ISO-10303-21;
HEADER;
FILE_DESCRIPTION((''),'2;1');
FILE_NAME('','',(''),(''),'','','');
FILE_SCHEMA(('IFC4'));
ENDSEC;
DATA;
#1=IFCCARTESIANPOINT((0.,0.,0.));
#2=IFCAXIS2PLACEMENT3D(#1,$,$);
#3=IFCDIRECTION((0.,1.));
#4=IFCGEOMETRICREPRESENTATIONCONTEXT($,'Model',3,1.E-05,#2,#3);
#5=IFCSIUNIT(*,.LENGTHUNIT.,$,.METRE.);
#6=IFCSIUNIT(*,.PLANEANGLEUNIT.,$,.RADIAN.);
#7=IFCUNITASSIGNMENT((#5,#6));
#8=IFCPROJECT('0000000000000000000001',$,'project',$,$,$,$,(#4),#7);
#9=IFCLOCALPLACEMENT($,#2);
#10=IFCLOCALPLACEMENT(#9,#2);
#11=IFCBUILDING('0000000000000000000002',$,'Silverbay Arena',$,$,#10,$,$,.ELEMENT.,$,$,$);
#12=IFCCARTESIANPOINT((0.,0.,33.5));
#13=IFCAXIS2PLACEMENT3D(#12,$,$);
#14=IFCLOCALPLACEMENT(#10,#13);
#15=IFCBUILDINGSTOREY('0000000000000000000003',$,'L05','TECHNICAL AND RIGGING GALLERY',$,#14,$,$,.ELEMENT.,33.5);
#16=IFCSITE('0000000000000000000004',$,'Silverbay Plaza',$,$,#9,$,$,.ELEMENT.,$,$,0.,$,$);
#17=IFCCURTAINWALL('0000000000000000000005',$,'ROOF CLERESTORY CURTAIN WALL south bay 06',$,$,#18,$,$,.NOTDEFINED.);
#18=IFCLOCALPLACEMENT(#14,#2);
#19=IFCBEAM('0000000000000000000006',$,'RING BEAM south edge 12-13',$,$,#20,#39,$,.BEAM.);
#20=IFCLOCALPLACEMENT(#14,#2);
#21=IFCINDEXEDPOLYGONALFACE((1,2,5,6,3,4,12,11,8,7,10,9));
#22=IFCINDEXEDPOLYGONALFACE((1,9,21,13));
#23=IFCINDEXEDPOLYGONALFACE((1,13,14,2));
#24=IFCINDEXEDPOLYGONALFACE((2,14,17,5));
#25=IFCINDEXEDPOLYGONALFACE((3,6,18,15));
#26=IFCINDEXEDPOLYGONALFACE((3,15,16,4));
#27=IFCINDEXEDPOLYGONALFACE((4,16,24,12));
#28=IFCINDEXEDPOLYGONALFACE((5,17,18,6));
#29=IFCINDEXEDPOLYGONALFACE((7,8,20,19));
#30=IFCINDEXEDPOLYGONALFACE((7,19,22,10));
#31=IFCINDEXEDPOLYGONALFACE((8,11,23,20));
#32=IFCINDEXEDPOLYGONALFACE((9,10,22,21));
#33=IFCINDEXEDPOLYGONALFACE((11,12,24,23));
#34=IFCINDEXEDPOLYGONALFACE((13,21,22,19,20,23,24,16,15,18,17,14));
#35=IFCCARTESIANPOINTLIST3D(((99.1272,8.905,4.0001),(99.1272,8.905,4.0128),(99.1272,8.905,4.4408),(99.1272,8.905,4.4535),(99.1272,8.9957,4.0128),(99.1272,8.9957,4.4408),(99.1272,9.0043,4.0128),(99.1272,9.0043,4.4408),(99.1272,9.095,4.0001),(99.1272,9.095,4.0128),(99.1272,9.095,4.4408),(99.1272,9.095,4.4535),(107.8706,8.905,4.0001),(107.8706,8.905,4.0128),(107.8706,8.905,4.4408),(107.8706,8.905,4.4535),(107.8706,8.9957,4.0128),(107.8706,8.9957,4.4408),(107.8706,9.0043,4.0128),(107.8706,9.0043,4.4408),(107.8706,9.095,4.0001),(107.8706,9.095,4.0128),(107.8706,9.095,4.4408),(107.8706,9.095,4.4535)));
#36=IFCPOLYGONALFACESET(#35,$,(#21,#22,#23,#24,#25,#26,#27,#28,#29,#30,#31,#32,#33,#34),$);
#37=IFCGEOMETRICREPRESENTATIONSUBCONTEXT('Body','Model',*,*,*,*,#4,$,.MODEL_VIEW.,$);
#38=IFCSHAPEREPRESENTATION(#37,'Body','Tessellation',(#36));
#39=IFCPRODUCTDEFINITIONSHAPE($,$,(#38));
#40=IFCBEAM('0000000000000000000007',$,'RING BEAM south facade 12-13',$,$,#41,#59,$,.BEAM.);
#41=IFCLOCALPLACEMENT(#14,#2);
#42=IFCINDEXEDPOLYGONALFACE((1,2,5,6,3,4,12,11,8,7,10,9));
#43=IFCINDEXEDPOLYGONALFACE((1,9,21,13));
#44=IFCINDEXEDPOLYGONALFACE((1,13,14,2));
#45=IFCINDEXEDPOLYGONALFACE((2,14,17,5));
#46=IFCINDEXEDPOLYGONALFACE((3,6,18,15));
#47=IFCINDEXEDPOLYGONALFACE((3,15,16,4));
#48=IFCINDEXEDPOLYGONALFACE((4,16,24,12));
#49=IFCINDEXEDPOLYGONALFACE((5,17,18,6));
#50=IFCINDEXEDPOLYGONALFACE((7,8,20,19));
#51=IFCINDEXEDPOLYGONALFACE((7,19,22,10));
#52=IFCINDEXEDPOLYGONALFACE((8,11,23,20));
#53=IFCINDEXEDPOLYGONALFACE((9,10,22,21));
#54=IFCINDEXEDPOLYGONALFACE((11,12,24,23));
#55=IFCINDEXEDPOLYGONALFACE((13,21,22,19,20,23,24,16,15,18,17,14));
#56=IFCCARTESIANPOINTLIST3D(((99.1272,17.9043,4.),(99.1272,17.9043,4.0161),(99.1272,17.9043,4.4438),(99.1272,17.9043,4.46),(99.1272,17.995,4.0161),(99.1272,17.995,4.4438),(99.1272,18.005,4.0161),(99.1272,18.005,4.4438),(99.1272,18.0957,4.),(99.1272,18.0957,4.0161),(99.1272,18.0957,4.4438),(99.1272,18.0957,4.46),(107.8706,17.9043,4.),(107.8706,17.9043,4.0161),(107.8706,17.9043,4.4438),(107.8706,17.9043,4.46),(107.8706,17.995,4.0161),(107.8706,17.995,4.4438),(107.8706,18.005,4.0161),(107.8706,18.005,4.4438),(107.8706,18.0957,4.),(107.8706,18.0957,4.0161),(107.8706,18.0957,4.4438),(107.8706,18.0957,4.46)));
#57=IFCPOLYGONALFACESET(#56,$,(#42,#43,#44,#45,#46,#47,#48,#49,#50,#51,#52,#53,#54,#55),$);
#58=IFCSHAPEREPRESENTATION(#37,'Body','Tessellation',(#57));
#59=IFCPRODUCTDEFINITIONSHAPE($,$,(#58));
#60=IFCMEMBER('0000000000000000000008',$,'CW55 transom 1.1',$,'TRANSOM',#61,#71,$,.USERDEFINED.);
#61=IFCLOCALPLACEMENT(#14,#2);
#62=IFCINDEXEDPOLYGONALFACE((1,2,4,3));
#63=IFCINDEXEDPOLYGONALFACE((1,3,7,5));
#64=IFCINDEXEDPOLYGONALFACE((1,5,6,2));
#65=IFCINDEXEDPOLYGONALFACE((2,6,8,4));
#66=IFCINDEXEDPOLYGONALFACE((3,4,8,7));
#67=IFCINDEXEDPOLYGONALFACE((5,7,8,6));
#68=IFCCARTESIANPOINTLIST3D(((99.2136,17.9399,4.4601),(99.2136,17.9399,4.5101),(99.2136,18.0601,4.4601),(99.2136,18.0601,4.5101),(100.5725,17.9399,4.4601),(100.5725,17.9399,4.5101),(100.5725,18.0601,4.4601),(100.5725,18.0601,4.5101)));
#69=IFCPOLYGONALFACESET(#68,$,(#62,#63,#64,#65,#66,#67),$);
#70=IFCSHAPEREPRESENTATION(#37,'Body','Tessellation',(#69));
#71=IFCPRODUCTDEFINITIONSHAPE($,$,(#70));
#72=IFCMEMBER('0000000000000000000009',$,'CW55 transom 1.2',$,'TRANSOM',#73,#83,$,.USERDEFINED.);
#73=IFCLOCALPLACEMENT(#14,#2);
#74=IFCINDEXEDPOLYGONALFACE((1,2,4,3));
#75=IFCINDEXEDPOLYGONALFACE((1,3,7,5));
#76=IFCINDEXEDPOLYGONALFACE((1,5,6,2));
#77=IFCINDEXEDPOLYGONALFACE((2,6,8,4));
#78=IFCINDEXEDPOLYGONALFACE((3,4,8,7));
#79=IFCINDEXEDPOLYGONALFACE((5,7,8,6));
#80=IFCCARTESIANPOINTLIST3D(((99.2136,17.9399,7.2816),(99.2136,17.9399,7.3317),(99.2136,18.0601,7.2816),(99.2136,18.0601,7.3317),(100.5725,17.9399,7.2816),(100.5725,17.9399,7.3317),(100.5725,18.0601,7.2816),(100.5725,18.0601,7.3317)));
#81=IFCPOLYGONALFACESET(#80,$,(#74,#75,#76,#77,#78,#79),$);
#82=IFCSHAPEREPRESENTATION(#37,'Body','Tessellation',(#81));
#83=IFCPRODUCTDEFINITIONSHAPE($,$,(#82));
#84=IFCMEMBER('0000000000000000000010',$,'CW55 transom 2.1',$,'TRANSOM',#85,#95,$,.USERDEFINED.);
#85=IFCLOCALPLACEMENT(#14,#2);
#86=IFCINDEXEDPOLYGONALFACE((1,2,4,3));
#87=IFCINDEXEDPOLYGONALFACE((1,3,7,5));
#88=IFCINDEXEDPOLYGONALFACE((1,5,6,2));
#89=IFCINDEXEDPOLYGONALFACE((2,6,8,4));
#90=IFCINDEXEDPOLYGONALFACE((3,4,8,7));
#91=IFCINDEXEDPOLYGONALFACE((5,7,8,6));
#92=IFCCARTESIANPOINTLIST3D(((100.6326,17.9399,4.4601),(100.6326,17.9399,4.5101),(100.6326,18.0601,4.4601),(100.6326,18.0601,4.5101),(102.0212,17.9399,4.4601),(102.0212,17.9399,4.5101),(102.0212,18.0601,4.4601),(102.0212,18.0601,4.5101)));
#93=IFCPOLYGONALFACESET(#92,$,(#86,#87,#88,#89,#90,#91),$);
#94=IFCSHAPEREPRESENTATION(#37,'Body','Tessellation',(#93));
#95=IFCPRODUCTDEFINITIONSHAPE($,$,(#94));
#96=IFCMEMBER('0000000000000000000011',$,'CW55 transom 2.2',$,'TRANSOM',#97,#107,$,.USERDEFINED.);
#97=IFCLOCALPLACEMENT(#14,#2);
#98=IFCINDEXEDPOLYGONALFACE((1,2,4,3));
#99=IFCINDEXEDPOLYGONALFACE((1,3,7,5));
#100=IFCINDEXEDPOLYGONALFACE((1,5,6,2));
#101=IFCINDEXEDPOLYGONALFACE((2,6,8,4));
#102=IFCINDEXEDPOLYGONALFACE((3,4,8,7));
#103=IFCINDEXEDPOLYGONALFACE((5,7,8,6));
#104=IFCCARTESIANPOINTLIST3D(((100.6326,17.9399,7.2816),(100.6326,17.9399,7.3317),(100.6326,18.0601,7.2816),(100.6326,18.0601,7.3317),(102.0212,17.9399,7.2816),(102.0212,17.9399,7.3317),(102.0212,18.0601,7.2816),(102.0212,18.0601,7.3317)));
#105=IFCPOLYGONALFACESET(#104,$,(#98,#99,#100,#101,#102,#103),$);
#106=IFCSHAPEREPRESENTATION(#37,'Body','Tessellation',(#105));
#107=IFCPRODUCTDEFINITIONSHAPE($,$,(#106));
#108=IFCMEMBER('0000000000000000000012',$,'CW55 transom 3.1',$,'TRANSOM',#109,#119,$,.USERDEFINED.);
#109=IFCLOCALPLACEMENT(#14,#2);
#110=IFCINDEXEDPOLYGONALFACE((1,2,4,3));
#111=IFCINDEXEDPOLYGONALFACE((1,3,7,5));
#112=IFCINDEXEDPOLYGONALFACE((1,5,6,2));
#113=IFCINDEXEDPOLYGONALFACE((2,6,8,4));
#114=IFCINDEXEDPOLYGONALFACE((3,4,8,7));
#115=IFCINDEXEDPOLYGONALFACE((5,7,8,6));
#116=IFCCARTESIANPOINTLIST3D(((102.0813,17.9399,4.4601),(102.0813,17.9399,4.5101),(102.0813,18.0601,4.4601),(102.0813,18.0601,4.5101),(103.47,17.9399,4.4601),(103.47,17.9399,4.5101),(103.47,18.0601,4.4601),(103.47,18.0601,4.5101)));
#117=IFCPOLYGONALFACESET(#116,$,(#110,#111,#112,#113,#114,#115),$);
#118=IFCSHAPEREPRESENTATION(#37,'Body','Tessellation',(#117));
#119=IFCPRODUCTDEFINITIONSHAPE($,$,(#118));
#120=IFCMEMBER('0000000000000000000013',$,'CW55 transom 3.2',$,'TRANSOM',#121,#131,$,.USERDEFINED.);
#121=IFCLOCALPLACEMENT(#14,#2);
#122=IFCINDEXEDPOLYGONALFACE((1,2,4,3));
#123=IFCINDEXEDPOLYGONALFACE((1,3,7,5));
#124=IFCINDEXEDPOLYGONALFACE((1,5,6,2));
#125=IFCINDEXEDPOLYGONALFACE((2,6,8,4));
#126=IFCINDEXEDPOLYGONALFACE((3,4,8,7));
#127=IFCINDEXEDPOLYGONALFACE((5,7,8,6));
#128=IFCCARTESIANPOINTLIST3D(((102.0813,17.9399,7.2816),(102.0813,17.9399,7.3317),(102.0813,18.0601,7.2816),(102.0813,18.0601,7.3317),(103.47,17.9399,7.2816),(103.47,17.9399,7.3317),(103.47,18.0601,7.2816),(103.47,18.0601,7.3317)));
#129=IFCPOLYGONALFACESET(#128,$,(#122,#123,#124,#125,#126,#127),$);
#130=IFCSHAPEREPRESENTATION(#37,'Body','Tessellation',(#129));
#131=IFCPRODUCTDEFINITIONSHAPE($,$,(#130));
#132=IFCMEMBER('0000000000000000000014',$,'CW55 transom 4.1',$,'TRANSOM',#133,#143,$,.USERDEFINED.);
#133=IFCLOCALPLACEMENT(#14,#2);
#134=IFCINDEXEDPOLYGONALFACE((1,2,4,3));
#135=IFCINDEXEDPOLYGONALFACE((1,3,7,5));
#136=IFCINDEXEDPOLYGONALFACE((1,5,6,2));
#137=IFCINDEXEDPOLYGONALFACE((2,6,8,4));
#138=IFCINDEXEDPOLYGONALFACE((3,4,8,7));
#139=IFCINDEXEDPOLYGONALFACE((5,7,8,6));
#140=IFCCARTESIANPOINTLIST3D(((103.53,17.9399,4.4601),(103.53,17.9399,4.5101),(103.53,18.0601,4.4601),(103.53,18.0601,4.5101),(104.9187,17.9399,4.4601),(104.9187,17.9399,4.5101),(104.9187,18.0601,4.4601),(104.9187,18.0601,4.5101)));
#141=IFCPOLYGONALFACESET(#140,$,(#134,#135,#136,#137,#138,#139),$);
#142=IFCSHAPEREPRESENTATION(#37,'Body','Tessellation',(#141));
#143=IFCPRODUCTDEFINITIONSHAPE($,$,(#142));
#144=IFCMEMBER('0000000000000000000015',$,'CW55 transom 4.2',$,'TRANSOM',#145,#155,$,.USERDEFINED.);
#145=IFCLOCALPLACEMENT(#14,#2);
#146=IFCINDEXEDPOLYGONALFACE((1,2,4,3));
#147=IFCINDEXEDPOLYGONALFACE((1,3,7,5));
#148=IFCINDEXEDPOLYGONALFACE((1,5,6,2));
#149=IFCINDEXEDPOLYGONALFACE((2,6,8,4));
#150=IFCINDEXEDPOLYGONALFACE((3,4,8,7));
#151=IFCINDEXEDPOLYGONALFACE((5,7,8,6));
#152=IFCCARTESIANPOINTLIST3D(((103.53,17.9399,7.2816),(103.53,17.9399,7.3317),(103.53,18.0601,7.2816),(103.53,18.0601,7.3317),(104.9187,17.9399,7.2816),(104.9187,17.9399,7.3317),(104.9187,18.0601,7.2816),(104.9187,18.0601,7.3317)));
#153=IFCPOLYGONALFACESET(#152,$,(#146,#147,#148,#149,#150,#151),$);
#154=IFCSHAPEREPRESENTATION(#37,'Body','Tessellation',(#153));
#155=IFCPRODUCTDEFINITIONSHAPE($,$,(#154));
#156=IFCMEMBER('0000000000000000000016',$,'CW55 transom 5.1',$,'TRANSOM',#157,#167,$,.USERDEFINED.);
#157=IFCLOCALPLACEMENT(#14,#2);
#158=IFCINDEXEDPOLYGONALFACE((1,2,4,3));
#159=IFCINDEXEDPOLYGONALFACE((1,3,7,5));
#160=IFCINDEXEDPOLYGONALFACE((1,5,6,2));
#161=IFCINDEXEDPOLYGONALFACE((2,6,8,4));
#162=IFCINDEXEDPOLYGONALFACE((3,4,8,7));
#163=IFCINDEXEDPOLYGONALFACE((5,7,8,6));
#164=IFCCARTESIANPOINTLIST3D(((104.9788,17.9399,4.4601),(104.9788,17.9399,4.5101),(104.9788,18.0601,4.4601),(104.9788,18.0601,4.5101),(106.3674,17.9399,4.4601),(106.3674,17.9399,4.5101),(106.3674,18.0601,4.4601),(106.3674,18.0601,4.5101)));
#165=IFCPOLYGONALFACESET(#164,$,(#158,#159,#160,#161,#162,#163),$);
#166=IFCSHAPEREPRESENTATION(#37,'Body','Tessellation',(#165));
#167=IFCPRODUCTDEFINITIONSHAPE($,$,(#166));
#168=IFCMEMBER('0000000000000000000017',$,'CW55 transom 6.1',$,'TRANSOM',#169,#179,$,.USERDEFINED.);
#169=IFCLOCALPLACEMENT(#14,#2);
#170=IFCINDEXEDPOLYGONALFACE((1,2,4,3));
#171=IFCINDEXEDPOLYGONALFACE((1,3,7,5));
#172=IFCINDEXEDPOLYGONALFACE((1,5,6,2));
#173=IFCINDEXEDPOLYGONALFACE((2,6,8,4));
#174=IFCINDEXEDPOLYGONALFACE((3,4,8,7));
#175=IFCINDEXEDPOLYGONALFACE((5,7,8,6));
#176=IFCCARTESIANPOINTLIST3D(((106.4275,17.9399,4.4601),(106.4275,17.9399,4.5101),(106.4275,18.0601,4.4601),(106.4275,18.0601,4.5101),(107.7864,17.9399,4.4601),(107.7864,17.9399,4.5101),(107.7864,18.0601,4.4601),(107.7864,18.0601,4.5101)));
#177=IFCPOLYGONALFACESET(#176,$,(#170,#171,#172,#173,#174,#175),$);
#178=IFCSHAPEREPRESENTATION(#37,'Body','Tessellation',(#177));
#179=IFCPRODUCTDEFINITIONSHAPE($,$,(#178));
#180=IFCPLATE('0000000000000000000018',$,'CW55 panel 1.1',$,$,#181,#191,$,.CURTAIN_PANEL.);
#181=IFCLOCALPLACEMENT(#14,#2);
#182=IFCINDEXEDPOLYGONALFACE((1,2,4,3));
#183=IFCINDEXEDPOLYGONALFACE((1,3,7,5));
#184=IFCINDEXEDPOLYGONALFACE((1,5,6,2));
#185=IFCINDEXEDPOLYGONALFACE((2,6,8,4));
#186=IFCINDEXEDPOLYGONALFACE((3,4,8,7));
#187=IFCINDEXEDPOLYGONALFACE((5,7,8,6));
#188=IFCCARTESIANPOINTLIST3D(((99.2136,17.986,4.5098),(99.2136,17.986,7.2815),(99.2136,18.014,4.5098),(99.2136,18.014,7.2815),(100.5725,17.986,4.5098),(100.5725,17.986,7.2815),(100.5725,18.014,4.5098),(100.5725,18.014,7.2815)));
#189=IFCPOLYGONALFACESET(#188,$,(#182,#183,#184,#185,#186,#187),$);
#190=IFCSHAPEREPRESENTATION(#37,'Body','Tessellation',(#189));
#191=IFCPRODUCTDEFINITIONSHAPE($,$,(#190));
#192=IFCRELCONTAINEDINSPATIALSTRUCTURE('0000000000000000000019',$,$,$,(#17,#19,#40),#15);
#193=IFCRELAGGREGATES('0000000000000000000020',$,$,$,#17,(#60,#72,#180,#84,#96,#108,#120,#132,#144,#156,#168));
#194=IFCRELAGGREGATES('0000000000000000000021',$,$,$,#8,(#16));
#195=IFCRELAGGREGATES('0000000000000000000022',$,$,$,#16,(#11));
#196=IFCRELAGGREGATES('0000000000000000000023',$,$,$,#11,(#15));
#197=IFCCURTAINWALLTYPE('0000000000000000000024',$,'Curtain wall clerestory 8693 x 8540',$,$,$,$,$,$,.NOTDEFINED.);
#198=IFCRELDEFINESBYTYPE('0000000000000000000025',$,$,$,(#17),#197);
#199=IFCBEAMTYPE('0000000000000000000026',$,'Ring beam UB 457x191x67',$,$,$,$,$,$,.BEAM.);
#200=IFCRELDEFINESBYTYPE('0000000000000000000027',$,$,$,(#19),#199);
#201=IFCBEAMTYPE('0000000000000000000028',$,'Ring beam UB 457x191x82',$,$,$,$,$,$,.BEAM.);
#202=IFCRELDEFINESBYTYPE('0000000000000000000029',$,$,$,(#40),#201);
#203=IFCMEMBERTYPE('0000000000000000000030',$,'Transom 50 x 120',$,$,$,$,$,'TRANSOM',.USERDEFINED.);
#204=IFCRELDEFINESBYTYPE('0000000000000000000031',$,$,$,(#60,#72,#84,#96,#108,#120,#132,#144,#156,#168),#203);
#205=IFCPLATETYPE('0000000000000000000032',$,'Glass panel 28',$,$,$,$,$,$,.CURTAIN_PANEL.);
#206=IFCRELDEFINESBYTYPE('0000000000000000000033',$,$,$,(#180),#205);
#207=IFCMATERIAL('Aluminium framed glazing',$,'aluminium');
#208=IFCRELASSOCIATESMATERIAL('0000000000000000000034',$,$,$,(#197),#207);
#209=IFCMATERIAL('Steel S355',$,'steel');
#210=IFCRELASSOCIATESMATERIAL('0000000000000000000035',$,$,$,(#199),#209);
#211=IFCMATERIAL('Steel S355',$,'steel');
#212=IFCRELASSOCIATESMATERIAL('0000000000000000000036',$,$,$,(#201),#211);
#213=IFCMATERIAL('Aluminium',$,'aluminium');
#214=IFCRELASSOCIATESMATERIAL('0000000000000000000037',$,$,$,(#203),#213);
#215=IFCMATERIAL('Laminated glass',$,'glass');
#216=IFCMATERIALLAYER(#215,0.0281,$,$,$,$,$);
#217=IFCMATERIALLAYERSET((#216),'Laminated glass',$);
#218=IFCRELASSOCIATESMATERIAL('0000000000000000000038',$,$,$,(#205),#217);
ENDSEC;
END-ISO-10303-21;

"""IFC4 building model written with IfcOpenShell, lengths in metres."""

from ifc_helpers import new_model, si_unit, direction, frame, origin, origin_2d, place, context, subcontext, project, spatial, rectangle, i_section, extrude, material, layer, layer_set, material_profile, profile_set, type_object, element, aggregate, save


model = new_model("IFC4")

# Units and contexts
model_context = context("Model", 3, precision=1e-05, world=origin(), true_north=direction((0.0, 1.0)))
body_context = subcontext(model_context, "Body", "Model", "MODEL_VIEW")
ifc_project = project(units=[si_unit("LENGTHUNIT", "METRE"), si_unit("PLANEANGLEUNIT", "RADIAN")], contexts=[model_context])

# Site, building, storey
site_placement = place(None, origin())
site = spatial("IfcSite", under=ifc_project, at=site_placement, Name="Silverbay Plaza", CompositionType="ELEMENT", RefElevation=0.0)
building_placement = place(site_placement, origin())
building = spatial("IfcBuilding", under=site, at=building_placement, Name="Silverbay Arena", CompositionType="ELEMENT")
storey_placement = place(building_placement, frame((0.0, 0.0, 33.5)))
storey = spatial("IfcBuildingStorey", under=building, at=storey_placement, Name="L05", Description="TECHNICAL AND RIGGING GALLERY", CompositionType="ELEMENT", Elevation=33.5)

# Curtain wall
ifc_material_1 = material(Name="Aluminium framed glazing", Category="aluminium")
curtain_wall_type = type_object("IfcCurtainWallType", Name="Curtain wall clerestory 8693 x 8540", PredefinedType="NOTDEFINED", material=ifc_material_1)
curtain_wall_placement = place(storey_placement, origin())
curtain_wall = element("IfcCurtainWall", 1, at=curtain_wall_placement, inside=storey, type_object=curtain_wall_type, Name="ROOF CLERESTORY CURTAIN WALL south bay 06", PredefinedType="NOTDEFINED")

# Beams
ifc_material_2 = material(Name="Steel S355", Category="steel")
ifc_material_profile_1 = material_profile(ifc_material_2, i_section(OverallWidth=0.1899, OverallDepth=0.4534, WebThickness=0.0085, FlangeThickness=0.0127, at=origin_2d()), Name="UB 457x191x67")
ifc_profile_set_1 = profile_set([ifc_material_profile_1], Name="Steel S355")
beam_type_1 = type_object("IfcBeamType", Name="Ring beam UB 457x191x67", PredefinedType="BEAM", material=ifc_profile_set_1)
beam_1_placement = place(storey_placement, frame((99.1272, 9.0, 4.2268), z_axis=(1.0, 0.0, 0.0), x_axis=(0.0, 1.0, 0.0)))
element("IfcBeam", 2, at=beam_1_placement, inside=storey, type_object=beam_type_1, Name="RING BEAM south edge 12-13", PredefinedType="BEAM", context=body_context, shape_type="SweptSolid", body=[
    extrude(i_section(OverallWidth=0.1899, OverallDepth=0.4534, WebThickness=0.0085, FlangeThickness=0.0127, at=origin_2d()), origin(), (0.0, 0.0, 1.0), 8.7434),
])
ifc_material_3 = material(Name="Steel S355", Category="steel")
ifc_material_profile_2 = material_profile(ifc_material_3, i_section(OverallWidth=0.1914, OverallDepth=0.46, WebThickness=0.01, FlangeThickness=0.0161, at=origin_2d()), Name="UB 457x191x82")
ifc_profile_set_2 = profile_set([ifc_material_profile_2], Name="Steel S355")
beam_type_2 = type_object("IfcBeamType", Name="Ring beam UB 457x191x82", PredefinedType="BEAM", material=ifc_profile_set_2)
beam_2_placement = place(storey_placement, frame((99.1272, 18.0, 4.23), z_axis=(1.0, 0.0, 0.0), x_axis=(0.0, 1.0, 0.0)))
element("IfcBeam", 3, at=beam_2_placement, inside=storey, type_object=beam_type_2, Name="RING BEAM south facade 12-13", PredefinedType="BEAM", context=body_context, shape_type="SweptSolid", body=[
    extrude(i_section(OverallWidth=0.1914, OverallDepth=0.46, WebThickness=0.01, FlangeThickness=0.0161, at=origin_2d()), origin(), (0.0, 0.0, 1.0), 8.7434),
])

# Members
ifc_material_4 = material(Name="Aluminium", Category="aluminium")
ifc_material_profile_3 = material_profile(ifc_material_4, rectangle(XDim=0.1201, YDim=0.05, at=origin_2d()), Name="Transom 50 x 120")
ifc_profile_set_3 = profile_set([ifc_material_profile_3], Name="Aluminium")
member_type_1 = type_object("IfcMemberType", Name="Transom 50 x 120", ElementType="TRANSOM", PredefinedType="USERDEFINED", material=ifc_profile_set_3)
member_1_placement = place(storey_placement, frame((99.2136, 18.0, 4.4851), z_axis=(1.0, 0.0, 0.0), x_axis=(0.0, 1.0, 0.0)))
member_1 = element("IfcMember", 4, at=member_1_placement, type_object=member_type_1, Name="CW55 transom 1.1", ObjectType="TRANSOM", PredefinedType="USERDEFINED", context=body_context, shape_type="SweptSolid", body=[
    extrude(rectangle(XDim=0.1201, YDim=0.05, at=origin_2d()), origin(), (0.0, 0.0, 1.0), 1.3589),
])
member_2_placement = place(storey_placement, frame((99.2136, 18.0, 7.3066), z_axis=(1.0, 0.0, 0.0), x_axis=(0.0, 1.0, 0.0)))
member_2 = element("IfcMember", 5, at=member_2_placement, type_object=member_type_1, Name="CW55 transom 1.2", ObjectType="TRANSOM", PredefinedType="USERDEFINED", context=body_context, shape_type="SweptSolid", body=[
    extrude(rectangle(XDim=0.1201, YDim=0.05, at=origin_2d()), origin(), (0.0, 0.0, 1.0), 1.3589),
])
member_3_placement = place(storey_placement, frame((100.6326, 18.0, 4.4851), z_axis=(1.0, 0.0, 0.0), x_axis=(0.0, 1.0, 0.0)))
member_3 = element("IfcMember", 6, at=member_3_placement, type_object=member_type_1, Name="CW55 transom 2.1", ObjectType="TRANSOM", PredefinedType="USERDEFINED", context=body_context, shape_type="SweptSolid", body=[
    extrude(rectangle(XDim=0.1201, YDim=0.05, at=origin_2d()), origin(), (0.0, 0.0, 1.0), 1.3887),
])
member_4_placement = place(storey_placement, frame((100.6326, 18.0, 7.3066), z_axis=(1.0, 0.0, 0.0), x_axis=(0.0, 1.0, 0.0)))
member_4 = element("IfcMember", 7, at=member_4_placement, type_object=member_type_1, Name="CW55 transom 2.2", ObjectType="TRANSOM", PredefinedType="USERDEFINED", context=body_context, shape_type="SweptSolid", body=[
    extrude(rectangle(XDim=0.1201, YDim=0.05, at=origin_2d()), origin(), (0.0, 0.0, 1.0), 1.3887),
])
member_5_placement = place(storey_placement, frame((102.0813, 18.0, 4.4851), z_axis=(1.0, 0.0, 0.0), x_axis=(0.0, 1.0, 0.0)))
member_5 = element("IfcMember", 8, at=member_5_placement, type_object=member_type_1, Name="CW55 transom 3.1", ObjectType="TRANSOM", PredefinedType="USERDEFINED", context=body_context, shape_type="SweptSolid", body=[
    extrude(rectangle(XDim=0.1201, YDim=0.05, at=origin_2d()), origin(), (0.0, 0.0, 1.0), 1.3887),
])
member_6_placement = place(storey_placement, frame((102.0813, 18.0, 7.3066), z_axis=(1.0, 0.0, 0.0), x_axis=(0.0, 1.0, 0.0)))
member_6 = element("IfcMember", 9, at=member_6_placement, type_object=member_type_1, Name="CW55 transom 3.2", ObjectType="TRANSOM", PredefinedType="USERDEFINED", context=body_context, shape_type="SweptSolid", body=[
    extrude(rectangle(XDim=0.1201, YDim=0.05, at=origin_2d()), origin(), (0.0, 0.0, 1.0), 1.3887),
])
member_7_placement = place(storey_placement, frame((103.53, 18.0, 4.4851), z_axis=(1.0, 0.0, 0.0), x_axis=(0.0, 1.0, 0.0)))
member_7 = element("IfcMember", 10, at=member_7_placement, type_object=member_type_1, Name="CW55 transom 4.1", ObjectType="TRANSOM", PredefinedType="USERDEFINED", context=body_context, shape_type="SweptSolid", body=[
    extrude(rectangle(XDim=0.1201, YDim=0.05, at=origin_2d()), origin(), (0.0, 0.0, 1.0), 1.3887),
])
member_8_placement = place(storey_placement, frame((103.53, 18.0, 7.3066), z_axis=(1.0, 0.0, 0.0), x_axis=(0.0, 1.0, 0.0)))
member_8 = element("IfcMember", 11, at=member_8_placement, type_object=member_type_1, Name="CW55 transom 4.2", ObjectType="TRANSOM", PredefinedType="USERDEFINED", context=body_context, shape_type="SweptSolid", body=[
    extrude(rectangle(XDim=0.1201, YDim=0.05, at=origin_2d()), origin(), (0.0, 0.0, 1.0), 1.3887),
])
member_9_placement = place(storey_placement, frame((104.9788, 18.0, 4.4851), z_axis=(1.0, 0.0, 0.0), x_axis=(0.0, 1.0, 0.0)))
member_9 = element("IfcMember", 12, at=member_9_placement, type_object=member_type_1, Name="CW55 transom 5.1", ObjectType="TRANSOM", PredefinedType="USERDEFINED", context=body_context, shape_type="SweptSolid", body=[
    extrude(rectangle(XDim=0.1201, YDim=0.05, at=origin_2d()), origin(), (0.0, 0.0, 1.0), 1.3887),
])
member_10_placement = place(storey_placement, frame((106.4275, 18.0, 4.4851), z_axis=(1.0, 0.0, 0.0), x_axis=(0.0, 1.0, 0.0)))
member_10 = element("IfcMember", 13, at=member_10_placement, type_object=member_type_1, Name="CW55 transom 6.1", ObjectType="TRANSOM", PredefinedType="USERDEFINED", context=body_context, shape_type="SweptSolid", body=[
    extrude(rectangle(XDim=0.1201, YDim=0.05, at=origin_2d()), origin(), (0.0, 0.0, 1.0), 1.3589),
])

# Plate
ifc_material_5 = material(Name="Laminated glass", Category="glass")
ifc_layer = layer(ifc_material_5, 0.0281)
ifc_layer_set = layer_set([ifc_layer], Name="Laminated glass")
plate_type = type_object("IfcPlateType", Name="Glass panel 28", PredefinedType="CURTAIN_PANEL", material=ifc_layer_set)
plate_1_placement = place(storey_placement, frame((99.8931, 18.0, 4.5098), z_axis=(0.0, 0.0, 1.0), x_axis=(1.0, 0.0, 0.0)))
plate_1 = element("IfcPlate", 14, at=plate_1_placement, type_object=plate_type, Name="CW55 panel 1.1", PredefinedType="CURTAIN_PANEL", context=body_context, shape_type="SweptSolid", body=[
    extrude(rectangle(XDim=1.3589, YDim=0.0281, at=origin_2d()), origin(), (0.0, 0.0, 1.0), 2.7717),
])
aggregate(curtain_wall, [member_1, member_2, plate_1, member_3, member_4, member_5, member_6, member_7, member_8, member_9, member_10])

save(model, "model.ifc")
